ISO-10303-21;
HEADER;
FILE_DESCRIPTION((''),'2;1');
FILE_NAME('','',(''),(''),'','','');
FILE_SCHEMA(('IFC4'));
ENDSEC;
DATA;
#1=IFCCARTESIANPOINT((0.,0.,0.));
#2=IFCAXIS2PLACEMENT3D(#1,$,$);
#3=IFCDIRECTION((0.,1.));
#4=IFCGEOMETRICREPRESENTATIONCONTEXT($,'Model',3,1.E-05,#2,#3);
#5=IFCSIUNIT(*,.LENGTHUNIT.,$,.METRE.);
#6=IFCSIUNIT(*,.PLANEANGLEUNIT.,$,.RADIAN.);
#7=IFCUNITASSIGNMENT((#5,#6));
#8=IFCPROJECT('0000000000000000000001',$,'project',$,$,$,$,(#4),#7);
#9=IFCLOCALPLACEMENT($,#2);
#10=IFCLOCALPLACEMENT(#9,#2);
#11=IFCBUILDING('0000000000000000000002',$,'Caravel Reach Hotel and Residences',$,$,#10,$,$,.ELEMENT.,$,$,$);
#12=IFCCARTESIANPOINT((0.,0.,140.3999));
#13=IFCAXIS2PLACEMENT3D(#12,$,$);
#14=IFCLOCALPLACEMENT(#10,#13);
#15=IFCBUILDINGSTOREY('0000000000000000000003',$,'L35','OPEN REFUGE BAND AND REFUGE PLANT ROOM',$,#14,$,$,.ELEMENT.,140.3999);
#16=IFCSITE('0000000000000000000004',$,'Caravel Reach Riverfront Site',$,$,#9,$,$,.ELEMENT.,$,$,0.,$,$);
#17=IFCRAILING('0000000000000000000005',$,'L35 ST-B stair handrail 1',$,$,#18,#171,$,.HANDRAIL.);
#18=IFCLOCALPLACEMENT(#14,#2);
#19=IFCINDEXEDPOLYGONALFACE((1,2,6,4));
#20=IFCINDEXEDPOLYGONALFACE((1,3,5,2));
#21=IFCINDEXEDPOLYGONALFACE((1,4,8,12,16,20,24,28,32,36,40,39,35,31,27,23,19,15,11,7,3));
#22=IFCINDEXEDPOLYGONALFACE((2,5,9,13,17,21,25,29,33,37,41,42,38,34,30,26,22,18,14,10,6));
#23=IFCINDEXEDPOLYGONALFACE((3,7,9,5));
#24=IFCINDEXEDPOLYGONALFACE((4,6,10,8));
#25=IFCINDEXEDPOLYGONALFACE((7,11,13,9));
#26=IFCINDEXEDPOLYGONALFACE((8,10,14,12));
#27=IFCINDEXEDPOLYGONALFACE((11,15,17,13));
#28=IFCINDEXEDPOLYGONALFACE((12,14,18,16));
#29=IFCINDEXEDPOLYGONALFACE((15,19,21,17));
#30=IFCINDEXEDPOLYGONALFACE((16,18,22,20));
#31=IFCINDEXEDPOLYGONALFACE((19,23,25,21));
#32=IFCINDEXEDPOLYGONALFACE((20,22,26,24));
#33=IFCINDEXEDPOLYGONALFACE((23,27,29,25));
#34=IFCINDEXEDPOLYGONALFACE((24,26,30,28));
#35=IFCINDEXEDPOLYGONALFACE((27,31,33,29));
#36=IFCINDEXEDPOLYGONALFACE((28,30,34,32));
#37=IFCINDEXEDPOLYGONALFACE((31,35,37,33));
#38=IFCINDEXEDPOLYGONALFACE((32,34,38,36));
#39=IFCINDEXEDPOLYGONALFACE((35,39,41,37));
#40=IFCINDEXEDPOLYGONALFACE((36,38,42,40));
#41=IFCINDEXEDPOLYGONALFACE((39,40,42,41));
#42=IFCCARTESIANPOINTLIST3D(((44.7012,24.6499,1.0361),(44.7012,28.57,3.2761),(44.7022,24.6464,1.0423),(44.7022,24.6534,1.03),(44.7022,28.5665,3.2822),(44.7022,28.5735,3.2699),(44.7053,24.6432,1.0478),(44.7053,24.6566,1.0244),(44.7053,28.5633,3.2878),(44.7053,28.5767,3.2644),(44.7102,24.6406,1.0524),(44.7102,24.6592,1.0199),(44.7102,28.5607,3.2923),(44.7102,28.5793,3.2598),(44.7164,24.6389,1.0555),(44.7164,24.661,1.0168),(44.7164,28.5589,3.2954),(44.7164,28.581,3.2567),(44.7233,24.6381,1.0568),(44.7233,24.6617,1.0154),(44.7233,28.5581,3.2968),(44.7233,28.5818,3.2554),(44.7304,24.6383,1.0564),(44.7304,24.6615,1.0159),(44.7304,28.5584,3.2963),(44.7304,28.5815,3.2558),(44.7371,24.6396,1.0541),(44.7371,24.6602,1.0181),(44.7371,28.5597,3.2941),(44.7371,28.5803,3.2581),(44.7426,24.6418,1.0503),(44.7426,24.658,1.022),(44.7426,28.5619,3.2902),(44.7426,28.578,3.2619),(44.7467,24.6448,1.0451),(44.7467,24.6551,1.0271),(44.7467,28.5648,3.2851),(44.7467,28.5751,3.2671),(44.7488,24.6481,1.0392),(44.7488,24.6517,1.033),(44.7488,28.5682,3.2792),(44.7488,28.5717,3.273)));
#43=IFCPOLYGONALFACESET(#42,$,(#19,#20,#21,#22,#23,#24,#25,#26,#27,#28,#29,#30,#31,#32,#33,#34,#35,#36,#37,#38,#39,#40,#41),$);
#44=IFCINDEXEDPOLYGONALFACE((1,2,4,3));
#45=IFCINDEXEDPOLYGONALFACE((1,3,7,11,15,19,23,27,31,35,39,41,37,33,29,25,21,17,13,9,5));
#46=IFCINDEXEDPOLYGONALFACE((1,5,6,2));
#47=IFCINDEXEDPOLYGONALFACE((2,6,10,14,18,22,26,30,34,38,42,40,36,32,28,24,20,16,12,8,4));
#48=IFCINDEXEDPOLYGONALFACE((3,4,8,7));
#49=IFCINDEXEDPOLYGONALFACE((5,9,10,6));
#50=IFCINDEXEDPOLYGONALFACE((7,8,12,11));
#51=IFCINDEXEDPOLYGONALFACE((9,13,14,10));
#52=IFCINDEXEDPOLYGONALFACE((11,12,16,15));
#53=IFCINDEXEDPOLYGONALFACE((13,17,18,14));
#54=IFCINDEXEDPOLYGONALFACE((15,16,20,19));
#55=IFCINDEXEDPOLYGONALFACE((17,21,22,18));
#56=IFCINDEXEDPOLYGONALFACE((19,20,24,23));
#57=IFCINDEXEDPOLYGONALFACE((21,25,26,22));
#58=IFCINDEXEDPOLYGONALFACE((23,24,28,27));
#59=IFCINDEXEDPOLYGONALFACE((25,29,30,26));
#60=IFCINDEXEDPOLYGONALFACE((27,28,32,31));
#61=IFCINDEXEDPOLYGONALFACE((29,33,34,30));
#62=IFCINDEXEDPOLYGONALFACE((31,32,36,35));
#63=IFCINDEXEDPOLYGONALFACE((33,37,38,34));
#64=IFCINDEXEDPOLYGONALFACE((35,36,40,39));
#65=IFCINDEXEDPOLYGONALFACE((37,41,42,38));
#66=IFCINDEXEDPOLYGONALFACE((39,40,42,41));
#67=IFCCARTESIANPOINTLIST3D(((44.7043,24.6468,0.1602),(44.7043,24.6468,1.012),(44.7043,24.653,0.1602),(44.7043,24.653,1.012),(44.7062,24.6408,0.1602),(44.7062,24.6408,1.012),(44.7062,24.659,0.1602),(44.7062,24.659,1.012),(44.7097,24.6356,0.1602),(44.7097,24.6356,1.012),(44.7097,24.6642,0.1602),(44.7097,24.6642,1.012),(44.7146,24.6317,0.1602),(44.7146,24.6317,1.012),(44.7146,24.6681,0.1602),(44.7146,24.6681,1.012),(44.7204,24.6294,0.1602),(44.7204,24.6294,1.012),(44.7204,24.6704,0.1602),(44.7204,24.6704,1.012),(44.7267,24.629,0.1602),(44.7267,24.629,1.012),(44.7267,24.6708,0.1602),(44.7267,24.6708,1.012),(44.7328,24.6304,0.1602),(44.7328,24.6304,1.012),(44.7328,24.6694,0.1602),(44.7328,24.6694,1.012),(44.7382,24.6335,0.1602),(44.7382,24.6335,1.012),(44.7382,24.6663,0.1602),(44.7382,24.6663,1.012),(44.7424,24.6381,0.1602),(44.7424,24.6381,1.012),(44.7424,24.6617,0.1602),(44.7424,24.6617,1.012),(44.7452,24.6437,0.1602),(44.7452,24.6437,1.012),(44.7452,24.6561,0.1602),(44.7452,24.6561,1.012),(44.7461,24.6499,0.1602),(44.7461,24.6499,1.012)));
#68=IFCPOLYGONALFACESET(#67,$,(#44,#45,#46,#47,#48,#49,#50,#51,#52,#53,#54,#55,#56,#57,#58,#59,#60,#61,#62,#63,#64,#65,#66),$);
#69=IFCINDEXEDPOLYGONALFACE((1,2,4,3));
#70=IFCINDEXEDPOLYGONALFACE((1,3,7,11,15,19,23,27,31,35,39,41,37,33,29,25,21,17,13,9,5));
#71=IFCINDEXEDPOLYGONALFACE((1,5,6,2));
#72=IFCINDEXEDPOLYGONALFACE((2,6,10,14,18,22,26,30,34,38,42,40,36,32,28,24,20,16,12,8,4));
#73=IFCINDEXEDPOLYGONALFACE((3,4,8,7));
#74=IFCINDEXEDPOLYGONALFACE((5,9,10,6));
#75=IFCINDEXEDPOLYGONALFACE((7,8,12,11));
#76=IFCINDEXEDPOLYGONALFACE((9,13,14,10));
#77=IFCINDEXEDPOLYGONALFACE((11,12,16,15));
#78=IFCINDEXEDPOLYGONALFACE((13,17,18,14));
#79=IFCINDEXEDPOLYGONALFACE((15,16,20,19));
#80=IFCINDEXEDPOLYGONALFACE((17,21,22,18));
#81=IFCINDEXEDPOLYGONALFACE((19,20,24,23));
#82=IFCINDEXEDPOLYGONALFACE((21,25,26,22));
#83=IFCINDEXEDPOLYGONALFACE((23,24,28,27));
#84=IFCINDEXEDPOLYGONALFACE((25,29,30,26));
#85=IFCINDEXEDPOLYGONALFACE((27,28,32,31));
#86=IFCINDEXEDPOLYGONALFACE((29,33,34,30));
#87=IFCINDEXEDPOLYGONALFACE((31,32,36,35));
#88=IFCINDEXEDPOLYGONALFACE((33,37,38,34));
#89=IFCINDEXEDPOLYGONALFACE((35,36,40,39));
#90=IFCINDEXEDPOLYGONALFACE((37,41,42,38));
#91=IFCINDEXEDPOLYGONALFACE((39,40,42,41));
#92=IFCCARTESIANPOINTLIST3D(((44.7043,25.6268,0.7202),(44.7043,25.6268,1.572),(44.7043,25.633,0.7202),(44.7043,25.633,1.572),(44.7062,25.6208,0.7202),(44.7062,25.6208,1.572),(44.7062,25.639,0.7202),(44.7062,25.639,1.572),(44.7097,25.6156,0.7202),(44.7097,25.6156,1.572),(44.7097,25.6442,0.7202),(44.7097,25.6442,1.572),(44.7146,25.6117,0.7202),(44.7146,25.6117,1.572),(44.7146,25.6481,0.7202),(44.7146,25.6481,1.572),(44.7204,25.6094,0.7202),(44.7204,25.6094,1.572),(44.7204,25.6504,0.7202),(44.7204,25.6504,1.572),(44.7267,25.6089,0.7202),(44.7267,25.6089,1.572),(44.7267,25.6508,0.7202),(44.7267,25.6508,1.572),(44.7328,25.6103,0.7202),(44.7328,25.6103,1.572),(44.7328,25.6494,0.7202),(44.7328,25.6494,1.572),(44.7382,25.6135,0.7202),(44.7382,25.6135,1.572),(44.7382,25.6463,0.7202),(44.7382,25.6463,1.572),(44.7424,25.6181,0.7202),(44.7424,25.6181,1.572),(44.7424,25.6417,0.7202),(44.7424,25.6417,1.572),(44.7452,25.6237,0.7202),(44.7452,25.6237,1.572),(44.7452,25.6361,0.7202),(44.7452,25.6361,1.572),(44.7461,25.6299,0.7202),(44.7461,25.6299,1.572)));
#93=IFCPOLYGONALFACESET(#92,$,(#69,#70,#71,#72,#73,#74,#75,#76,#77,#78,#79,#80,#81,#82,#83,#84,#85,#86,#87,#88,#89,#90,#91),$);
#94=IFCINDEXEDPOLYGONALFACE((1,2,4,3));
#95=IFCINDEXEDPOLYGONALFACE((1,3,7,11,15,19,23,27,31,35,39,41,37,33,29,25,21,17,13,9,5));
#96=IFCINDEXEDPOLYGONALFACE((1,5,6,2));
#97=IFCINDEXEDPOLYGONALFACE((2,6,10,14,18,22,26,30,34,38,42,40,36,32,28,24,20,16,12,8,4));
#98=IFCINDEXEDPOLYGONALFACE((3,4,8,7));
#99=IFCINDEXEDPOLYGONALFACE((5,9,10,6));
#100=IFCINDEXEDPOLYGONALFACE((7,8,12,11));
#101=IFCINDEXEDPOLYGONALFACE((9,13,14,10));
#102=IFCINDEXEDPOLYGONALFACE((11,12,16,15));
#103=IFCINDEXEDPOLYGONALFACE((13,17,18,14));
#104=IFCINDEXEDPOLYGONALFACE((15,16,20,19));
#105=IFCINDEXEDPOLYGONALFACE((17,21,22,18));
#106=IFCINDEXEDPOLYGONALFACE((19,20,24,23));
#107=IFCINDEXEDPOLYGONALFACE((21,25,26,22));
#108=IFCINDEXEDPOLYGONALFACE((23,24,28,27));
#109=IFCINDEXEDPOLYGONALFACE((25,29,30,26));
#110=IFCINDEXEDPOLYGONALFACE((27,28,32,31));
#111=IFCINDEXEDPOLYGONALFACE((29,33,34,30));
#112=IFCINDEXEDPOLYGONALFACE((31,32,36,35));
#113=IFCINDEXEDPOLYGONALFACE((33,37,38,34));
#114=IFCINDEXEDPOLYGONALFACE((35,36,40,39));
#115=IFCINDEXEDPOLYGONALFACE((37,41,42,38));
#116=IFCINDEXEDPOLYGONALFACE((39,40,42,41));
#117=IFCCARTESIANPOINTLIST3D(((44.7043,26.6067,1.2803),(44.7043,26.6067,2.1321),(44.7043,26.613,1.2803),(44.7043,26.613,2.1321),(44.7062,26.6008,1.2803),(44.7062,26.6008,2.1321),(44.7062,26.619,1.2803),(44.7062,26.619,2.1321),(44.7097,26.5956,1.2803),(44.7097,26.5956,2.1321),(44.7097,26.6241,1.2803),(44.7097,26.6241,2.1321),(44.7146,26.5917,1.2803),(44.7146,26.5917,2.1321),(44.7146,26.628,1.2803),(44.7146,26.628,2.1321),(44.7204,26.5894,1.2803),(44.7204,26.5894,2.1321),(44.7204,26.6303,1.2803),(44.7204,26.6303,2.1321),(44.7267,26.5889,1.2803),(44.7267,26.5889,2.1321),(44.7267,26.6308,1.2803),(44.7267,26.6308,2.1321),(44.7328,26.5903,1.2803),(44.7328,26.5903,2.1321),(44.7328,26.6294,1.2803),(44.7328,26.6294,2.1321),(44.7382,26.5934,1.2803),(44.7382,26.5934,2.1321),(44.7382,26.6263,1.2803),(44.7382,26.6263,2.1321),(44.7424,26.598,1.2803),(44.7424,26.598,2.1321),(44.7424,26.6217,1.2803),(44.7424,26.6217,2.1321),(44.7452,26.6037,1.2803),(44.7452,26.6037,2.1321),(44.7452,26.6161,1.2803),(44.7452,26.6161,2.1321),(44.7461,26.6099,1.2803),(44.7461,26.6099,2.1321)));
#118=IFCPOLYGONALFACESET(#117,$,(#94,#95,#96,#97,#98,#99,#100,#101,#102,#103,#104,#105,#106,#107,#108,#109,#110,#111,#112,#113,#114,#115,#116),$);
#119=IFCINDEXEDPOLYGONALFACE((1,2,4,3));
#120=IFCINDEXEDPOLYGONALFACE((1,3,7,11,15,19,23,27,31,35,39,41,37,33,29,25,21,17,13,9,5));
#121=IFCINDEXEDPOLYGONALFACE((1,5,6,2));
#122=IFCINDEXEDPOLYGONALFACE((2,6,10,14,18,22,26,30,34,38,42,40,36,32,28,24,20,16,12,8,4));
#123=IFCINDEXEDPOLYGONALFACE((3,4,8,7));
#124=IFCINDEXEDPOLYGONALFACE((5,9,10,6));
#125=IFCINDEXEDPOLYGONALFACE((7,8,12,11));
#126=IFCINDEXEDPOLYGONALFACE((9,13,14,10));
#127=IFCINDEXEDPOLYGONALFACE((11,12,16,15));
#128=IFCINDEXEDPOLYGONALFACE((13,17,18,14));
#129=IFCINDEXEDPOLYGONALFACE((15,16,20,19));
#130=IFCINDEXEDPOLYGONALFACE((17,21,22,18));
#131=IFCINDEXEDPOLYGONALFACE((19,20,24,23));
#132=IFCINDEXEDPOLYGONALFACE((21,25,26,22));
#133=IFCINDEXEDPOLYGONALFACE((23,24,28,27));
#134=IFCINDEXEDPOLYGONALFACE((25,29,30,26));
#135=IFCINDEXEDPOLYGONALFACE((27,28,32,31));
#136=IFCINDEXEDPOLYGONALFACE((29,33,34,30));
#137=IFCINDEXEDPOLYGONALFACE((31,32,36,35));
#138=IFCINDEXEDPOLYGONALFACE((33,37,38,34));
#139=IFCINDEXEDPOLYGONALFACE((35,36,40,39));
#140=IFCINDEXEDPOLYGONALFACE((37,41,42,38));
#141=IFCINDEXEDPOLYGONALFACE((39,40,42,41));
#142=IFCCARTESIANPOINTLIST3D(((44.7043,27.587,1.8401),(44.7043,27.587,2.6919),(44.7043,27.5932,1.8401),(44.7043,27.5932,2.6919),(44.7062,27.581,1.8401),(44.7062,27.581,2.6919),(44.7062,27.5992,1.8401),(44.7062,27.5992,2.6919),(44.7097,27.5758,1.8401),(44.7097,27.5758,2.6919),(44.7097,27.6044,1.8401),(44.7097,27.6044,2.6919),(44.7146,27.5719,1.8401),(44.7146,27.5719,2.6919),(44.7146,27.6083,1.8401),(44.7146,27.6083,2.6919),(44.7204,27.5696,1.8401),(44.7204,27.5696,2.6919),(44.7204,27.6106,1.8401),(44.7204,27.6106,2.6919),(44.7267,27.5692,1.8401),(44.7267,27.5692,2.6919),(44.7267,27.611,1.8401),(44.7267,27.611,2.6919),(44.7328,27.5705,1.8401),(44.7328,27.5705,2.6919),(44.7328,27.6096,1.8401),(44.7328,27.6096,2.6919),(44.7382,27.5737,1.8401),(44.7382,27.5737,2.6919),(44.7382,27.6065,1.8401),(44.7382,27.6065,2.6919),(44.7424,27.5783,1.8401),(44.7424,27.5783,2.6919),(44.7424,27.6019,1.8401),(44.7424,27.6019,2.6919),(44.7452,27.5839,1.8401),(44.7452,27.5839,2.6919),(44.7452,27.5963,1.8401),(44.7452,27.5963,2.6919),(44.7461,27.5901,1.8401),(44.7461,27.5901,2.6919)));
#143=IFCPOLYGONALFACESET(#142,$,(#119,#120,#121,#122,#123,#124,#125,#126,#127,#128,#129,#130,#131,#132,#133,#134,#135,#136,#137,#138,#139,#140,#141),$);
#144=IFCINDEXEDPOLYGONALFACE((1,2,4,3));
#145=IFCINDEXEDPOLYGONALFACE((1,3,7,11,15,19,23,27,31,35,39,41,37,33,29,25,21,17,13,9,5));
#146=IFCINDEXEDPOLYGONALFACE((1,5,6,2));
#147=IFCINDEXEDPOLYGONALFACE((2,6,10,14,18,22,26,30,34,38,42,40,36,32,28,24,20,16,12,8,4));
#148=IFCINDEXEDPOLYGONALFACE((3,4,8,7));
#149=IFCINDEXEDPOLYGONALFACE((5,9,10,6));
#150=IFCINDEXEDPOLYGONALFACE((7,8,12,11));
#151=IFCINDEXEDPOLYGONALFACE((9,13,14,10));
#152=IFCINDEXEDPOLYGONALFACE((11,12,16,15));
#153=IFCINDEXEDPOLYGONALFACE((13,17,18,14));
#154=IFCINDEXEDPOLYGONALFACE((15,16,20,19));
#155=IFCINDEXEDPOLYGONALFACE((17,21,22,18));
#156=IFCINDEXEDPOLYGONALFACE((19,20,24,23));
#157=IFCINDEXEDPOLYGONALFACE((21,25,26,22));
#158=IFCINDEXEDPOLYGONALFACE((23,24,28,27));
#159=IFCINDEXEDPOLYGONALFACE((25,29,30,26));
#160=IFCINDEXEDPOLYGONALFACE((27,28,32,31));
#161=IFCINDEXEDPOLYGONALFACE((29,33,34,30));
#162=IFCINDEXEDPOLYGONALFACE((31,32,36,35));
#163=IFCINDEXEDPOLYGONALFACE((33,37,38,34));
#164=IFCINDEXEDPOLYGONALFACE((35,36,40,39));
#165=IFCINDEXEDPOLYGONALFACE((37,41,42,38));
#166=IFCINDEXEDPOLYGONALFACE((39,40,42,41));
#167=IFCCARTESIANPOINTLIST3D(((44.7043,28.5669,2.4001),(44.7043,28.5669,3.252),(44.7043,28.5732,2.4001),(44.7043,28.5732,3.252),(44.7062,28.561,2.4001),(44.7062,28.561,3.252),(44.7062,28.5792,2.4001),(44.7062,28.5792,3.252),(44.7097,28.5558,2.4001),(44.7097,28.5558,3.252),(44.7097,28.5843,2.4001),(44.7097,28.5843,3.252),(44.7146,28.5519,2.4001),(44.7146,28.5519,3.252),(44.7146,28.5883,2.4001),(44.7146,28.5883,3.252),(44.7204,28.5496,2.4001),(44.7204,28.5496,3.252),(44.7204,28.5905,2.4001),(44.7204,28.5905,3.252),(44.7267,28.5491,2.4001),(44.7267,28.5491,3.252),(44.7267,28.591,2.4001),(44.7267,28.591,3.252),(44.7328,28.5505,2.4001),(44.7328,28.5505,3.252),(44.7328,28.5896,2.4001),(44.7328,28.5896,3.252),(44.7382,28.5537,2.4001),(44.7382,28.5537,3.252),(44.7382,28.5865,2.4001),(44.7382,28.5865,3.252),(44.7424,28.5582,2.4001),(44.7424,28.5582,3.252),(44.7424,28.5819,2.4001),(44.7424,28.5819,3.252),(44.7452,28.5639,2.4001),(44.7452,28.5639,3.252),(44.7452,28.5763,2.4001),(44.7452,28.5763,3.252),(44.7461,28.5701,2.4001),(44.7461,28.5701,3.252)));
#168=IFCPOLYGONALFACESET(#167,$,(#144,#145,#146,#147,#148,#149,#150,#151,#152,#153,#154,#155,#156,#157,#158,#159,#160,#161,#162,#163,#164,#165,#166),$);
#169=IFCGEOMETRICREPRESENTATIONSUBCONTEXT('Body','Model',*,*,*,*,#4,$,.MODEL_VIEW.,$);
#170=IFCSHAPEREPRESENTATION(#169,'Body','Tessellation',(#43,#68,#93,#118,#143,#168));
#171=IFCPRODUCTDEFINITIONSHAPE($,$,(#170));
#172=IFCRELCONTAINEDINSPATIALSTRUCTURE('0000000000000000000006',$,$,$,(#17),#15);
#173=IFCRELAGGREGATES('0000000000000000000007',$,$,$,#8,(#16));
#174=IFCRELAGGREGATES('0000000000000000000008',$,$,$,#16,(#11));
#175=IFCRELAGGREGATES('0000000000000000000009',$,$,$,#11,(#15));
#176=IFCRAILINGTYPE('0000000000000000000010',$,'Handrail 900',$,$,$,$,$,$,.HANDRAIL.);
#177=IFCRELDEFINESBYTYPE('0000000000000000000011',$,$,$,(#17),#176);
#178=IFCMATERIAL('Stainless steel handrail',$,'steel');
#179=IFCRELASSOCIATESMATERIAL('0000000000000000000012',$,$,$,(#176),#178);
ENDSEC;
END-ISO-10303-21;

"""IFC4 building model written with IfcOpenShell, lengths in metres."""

from ifc_helpers import new_model, si_unit, direction, frame, origin, origin_2d, place, context, subcontext, project, spatial, circle, extrude, material, type_object, element, save


model = new_model("IFC4")

# Units and contexts
model_context = context("Model", 3, precision=1e-05, world=origin(), true_north=direction((0.0, 1.0)))
body_context = subcontext(model_context, "Body", "Model", "MODEL_VIEW")
ifc_project = project(units=[si_unit("LENGTHUNIT", "METRE"), si_unit("PLANEANGLEUNIT", "RADIAN")], contexts=[model_context])

# Site, building, storey
site_placement = place(None, origin())
site = spatial("IfcSite", under=ifc_project, at=site_placement, Name="Caravel Reach Riverfront Site", CompositionType="ELEMENT", RefElevation=0.0)
building_placement = place(site_placement, origin())
building = spatial("IfcBuilding", under=site, at=building_placement, Name="Caravel Reach Hotel and Residences", CompositionType="ELEMENT")
storey_placement = place(building_placement, frame((0.0, 0.0, 140.3999)))
storey = spatial("IfcBuildingStorey", under=building, at=storey_placement, Name="L35", Description="OPEN REFUGE BAND AND REFUGE PLANT ROOM", CompositionType="ELEMENT", Elevation=140.3999)

# Railing
ifc_material_1 = material(Name="Stainless steel handrail", Category="steel")
railing_type_1 = type_object("IfcRailingType", Name="Handrail 900", PredefinedType="HANDRAIL", material=ifc_material_1)
railing_1_placement = place(storey_placement, frame((44.7251, 24.6499, 0.1602)))
element("IfcRailing", 1, at=railing_1_placement, inside=storey, type_object=railing_type_1, Name="L35 ST-B stair handrail 1", PredefinedType="HANDRAIL", context=body_context, shape_type="SweptSolid", body=[
    extrude(circle(Radius=0.0239, at=origin_2d()), frame((0.0, 0.0, 0.876), z_axis=(0.0, 0.868253, 0.496121), x_axis=(-1.0, 0.0, 0.0)), (0.0, 0.0, 1.0), 4.5149),
    extrude(circle(Radius=0.021, at=origin_2d()), origin(), (0.0, 0.0, 1.0), 0.8518),
    extrude(circle(Radius=0.021, at=origin_2d()), frame((0.0, 0.98, 0.5601)), (0.0, 0.0, 1.0), 0.8518),
    extrude(circle(Radius=0.021, at=origin_2d()), frame((0.0, 1.96, 1.1201)), (0.0, 0.0, 1.0), 0.8518),
    extrude(circle(Radius=0.021, at=origin_2d()), frame((0.0, 2.9402, 1.6799)), (0.0, 0.0, 1.0), 0.8518),
    extrude(circle(Radius=0.021, at=origin_2d()), frame((0.0, 3.9202, 2.24)), (0.0, 0.0, 1.0), 0.8518),
])

save(model, "model.ifc")
